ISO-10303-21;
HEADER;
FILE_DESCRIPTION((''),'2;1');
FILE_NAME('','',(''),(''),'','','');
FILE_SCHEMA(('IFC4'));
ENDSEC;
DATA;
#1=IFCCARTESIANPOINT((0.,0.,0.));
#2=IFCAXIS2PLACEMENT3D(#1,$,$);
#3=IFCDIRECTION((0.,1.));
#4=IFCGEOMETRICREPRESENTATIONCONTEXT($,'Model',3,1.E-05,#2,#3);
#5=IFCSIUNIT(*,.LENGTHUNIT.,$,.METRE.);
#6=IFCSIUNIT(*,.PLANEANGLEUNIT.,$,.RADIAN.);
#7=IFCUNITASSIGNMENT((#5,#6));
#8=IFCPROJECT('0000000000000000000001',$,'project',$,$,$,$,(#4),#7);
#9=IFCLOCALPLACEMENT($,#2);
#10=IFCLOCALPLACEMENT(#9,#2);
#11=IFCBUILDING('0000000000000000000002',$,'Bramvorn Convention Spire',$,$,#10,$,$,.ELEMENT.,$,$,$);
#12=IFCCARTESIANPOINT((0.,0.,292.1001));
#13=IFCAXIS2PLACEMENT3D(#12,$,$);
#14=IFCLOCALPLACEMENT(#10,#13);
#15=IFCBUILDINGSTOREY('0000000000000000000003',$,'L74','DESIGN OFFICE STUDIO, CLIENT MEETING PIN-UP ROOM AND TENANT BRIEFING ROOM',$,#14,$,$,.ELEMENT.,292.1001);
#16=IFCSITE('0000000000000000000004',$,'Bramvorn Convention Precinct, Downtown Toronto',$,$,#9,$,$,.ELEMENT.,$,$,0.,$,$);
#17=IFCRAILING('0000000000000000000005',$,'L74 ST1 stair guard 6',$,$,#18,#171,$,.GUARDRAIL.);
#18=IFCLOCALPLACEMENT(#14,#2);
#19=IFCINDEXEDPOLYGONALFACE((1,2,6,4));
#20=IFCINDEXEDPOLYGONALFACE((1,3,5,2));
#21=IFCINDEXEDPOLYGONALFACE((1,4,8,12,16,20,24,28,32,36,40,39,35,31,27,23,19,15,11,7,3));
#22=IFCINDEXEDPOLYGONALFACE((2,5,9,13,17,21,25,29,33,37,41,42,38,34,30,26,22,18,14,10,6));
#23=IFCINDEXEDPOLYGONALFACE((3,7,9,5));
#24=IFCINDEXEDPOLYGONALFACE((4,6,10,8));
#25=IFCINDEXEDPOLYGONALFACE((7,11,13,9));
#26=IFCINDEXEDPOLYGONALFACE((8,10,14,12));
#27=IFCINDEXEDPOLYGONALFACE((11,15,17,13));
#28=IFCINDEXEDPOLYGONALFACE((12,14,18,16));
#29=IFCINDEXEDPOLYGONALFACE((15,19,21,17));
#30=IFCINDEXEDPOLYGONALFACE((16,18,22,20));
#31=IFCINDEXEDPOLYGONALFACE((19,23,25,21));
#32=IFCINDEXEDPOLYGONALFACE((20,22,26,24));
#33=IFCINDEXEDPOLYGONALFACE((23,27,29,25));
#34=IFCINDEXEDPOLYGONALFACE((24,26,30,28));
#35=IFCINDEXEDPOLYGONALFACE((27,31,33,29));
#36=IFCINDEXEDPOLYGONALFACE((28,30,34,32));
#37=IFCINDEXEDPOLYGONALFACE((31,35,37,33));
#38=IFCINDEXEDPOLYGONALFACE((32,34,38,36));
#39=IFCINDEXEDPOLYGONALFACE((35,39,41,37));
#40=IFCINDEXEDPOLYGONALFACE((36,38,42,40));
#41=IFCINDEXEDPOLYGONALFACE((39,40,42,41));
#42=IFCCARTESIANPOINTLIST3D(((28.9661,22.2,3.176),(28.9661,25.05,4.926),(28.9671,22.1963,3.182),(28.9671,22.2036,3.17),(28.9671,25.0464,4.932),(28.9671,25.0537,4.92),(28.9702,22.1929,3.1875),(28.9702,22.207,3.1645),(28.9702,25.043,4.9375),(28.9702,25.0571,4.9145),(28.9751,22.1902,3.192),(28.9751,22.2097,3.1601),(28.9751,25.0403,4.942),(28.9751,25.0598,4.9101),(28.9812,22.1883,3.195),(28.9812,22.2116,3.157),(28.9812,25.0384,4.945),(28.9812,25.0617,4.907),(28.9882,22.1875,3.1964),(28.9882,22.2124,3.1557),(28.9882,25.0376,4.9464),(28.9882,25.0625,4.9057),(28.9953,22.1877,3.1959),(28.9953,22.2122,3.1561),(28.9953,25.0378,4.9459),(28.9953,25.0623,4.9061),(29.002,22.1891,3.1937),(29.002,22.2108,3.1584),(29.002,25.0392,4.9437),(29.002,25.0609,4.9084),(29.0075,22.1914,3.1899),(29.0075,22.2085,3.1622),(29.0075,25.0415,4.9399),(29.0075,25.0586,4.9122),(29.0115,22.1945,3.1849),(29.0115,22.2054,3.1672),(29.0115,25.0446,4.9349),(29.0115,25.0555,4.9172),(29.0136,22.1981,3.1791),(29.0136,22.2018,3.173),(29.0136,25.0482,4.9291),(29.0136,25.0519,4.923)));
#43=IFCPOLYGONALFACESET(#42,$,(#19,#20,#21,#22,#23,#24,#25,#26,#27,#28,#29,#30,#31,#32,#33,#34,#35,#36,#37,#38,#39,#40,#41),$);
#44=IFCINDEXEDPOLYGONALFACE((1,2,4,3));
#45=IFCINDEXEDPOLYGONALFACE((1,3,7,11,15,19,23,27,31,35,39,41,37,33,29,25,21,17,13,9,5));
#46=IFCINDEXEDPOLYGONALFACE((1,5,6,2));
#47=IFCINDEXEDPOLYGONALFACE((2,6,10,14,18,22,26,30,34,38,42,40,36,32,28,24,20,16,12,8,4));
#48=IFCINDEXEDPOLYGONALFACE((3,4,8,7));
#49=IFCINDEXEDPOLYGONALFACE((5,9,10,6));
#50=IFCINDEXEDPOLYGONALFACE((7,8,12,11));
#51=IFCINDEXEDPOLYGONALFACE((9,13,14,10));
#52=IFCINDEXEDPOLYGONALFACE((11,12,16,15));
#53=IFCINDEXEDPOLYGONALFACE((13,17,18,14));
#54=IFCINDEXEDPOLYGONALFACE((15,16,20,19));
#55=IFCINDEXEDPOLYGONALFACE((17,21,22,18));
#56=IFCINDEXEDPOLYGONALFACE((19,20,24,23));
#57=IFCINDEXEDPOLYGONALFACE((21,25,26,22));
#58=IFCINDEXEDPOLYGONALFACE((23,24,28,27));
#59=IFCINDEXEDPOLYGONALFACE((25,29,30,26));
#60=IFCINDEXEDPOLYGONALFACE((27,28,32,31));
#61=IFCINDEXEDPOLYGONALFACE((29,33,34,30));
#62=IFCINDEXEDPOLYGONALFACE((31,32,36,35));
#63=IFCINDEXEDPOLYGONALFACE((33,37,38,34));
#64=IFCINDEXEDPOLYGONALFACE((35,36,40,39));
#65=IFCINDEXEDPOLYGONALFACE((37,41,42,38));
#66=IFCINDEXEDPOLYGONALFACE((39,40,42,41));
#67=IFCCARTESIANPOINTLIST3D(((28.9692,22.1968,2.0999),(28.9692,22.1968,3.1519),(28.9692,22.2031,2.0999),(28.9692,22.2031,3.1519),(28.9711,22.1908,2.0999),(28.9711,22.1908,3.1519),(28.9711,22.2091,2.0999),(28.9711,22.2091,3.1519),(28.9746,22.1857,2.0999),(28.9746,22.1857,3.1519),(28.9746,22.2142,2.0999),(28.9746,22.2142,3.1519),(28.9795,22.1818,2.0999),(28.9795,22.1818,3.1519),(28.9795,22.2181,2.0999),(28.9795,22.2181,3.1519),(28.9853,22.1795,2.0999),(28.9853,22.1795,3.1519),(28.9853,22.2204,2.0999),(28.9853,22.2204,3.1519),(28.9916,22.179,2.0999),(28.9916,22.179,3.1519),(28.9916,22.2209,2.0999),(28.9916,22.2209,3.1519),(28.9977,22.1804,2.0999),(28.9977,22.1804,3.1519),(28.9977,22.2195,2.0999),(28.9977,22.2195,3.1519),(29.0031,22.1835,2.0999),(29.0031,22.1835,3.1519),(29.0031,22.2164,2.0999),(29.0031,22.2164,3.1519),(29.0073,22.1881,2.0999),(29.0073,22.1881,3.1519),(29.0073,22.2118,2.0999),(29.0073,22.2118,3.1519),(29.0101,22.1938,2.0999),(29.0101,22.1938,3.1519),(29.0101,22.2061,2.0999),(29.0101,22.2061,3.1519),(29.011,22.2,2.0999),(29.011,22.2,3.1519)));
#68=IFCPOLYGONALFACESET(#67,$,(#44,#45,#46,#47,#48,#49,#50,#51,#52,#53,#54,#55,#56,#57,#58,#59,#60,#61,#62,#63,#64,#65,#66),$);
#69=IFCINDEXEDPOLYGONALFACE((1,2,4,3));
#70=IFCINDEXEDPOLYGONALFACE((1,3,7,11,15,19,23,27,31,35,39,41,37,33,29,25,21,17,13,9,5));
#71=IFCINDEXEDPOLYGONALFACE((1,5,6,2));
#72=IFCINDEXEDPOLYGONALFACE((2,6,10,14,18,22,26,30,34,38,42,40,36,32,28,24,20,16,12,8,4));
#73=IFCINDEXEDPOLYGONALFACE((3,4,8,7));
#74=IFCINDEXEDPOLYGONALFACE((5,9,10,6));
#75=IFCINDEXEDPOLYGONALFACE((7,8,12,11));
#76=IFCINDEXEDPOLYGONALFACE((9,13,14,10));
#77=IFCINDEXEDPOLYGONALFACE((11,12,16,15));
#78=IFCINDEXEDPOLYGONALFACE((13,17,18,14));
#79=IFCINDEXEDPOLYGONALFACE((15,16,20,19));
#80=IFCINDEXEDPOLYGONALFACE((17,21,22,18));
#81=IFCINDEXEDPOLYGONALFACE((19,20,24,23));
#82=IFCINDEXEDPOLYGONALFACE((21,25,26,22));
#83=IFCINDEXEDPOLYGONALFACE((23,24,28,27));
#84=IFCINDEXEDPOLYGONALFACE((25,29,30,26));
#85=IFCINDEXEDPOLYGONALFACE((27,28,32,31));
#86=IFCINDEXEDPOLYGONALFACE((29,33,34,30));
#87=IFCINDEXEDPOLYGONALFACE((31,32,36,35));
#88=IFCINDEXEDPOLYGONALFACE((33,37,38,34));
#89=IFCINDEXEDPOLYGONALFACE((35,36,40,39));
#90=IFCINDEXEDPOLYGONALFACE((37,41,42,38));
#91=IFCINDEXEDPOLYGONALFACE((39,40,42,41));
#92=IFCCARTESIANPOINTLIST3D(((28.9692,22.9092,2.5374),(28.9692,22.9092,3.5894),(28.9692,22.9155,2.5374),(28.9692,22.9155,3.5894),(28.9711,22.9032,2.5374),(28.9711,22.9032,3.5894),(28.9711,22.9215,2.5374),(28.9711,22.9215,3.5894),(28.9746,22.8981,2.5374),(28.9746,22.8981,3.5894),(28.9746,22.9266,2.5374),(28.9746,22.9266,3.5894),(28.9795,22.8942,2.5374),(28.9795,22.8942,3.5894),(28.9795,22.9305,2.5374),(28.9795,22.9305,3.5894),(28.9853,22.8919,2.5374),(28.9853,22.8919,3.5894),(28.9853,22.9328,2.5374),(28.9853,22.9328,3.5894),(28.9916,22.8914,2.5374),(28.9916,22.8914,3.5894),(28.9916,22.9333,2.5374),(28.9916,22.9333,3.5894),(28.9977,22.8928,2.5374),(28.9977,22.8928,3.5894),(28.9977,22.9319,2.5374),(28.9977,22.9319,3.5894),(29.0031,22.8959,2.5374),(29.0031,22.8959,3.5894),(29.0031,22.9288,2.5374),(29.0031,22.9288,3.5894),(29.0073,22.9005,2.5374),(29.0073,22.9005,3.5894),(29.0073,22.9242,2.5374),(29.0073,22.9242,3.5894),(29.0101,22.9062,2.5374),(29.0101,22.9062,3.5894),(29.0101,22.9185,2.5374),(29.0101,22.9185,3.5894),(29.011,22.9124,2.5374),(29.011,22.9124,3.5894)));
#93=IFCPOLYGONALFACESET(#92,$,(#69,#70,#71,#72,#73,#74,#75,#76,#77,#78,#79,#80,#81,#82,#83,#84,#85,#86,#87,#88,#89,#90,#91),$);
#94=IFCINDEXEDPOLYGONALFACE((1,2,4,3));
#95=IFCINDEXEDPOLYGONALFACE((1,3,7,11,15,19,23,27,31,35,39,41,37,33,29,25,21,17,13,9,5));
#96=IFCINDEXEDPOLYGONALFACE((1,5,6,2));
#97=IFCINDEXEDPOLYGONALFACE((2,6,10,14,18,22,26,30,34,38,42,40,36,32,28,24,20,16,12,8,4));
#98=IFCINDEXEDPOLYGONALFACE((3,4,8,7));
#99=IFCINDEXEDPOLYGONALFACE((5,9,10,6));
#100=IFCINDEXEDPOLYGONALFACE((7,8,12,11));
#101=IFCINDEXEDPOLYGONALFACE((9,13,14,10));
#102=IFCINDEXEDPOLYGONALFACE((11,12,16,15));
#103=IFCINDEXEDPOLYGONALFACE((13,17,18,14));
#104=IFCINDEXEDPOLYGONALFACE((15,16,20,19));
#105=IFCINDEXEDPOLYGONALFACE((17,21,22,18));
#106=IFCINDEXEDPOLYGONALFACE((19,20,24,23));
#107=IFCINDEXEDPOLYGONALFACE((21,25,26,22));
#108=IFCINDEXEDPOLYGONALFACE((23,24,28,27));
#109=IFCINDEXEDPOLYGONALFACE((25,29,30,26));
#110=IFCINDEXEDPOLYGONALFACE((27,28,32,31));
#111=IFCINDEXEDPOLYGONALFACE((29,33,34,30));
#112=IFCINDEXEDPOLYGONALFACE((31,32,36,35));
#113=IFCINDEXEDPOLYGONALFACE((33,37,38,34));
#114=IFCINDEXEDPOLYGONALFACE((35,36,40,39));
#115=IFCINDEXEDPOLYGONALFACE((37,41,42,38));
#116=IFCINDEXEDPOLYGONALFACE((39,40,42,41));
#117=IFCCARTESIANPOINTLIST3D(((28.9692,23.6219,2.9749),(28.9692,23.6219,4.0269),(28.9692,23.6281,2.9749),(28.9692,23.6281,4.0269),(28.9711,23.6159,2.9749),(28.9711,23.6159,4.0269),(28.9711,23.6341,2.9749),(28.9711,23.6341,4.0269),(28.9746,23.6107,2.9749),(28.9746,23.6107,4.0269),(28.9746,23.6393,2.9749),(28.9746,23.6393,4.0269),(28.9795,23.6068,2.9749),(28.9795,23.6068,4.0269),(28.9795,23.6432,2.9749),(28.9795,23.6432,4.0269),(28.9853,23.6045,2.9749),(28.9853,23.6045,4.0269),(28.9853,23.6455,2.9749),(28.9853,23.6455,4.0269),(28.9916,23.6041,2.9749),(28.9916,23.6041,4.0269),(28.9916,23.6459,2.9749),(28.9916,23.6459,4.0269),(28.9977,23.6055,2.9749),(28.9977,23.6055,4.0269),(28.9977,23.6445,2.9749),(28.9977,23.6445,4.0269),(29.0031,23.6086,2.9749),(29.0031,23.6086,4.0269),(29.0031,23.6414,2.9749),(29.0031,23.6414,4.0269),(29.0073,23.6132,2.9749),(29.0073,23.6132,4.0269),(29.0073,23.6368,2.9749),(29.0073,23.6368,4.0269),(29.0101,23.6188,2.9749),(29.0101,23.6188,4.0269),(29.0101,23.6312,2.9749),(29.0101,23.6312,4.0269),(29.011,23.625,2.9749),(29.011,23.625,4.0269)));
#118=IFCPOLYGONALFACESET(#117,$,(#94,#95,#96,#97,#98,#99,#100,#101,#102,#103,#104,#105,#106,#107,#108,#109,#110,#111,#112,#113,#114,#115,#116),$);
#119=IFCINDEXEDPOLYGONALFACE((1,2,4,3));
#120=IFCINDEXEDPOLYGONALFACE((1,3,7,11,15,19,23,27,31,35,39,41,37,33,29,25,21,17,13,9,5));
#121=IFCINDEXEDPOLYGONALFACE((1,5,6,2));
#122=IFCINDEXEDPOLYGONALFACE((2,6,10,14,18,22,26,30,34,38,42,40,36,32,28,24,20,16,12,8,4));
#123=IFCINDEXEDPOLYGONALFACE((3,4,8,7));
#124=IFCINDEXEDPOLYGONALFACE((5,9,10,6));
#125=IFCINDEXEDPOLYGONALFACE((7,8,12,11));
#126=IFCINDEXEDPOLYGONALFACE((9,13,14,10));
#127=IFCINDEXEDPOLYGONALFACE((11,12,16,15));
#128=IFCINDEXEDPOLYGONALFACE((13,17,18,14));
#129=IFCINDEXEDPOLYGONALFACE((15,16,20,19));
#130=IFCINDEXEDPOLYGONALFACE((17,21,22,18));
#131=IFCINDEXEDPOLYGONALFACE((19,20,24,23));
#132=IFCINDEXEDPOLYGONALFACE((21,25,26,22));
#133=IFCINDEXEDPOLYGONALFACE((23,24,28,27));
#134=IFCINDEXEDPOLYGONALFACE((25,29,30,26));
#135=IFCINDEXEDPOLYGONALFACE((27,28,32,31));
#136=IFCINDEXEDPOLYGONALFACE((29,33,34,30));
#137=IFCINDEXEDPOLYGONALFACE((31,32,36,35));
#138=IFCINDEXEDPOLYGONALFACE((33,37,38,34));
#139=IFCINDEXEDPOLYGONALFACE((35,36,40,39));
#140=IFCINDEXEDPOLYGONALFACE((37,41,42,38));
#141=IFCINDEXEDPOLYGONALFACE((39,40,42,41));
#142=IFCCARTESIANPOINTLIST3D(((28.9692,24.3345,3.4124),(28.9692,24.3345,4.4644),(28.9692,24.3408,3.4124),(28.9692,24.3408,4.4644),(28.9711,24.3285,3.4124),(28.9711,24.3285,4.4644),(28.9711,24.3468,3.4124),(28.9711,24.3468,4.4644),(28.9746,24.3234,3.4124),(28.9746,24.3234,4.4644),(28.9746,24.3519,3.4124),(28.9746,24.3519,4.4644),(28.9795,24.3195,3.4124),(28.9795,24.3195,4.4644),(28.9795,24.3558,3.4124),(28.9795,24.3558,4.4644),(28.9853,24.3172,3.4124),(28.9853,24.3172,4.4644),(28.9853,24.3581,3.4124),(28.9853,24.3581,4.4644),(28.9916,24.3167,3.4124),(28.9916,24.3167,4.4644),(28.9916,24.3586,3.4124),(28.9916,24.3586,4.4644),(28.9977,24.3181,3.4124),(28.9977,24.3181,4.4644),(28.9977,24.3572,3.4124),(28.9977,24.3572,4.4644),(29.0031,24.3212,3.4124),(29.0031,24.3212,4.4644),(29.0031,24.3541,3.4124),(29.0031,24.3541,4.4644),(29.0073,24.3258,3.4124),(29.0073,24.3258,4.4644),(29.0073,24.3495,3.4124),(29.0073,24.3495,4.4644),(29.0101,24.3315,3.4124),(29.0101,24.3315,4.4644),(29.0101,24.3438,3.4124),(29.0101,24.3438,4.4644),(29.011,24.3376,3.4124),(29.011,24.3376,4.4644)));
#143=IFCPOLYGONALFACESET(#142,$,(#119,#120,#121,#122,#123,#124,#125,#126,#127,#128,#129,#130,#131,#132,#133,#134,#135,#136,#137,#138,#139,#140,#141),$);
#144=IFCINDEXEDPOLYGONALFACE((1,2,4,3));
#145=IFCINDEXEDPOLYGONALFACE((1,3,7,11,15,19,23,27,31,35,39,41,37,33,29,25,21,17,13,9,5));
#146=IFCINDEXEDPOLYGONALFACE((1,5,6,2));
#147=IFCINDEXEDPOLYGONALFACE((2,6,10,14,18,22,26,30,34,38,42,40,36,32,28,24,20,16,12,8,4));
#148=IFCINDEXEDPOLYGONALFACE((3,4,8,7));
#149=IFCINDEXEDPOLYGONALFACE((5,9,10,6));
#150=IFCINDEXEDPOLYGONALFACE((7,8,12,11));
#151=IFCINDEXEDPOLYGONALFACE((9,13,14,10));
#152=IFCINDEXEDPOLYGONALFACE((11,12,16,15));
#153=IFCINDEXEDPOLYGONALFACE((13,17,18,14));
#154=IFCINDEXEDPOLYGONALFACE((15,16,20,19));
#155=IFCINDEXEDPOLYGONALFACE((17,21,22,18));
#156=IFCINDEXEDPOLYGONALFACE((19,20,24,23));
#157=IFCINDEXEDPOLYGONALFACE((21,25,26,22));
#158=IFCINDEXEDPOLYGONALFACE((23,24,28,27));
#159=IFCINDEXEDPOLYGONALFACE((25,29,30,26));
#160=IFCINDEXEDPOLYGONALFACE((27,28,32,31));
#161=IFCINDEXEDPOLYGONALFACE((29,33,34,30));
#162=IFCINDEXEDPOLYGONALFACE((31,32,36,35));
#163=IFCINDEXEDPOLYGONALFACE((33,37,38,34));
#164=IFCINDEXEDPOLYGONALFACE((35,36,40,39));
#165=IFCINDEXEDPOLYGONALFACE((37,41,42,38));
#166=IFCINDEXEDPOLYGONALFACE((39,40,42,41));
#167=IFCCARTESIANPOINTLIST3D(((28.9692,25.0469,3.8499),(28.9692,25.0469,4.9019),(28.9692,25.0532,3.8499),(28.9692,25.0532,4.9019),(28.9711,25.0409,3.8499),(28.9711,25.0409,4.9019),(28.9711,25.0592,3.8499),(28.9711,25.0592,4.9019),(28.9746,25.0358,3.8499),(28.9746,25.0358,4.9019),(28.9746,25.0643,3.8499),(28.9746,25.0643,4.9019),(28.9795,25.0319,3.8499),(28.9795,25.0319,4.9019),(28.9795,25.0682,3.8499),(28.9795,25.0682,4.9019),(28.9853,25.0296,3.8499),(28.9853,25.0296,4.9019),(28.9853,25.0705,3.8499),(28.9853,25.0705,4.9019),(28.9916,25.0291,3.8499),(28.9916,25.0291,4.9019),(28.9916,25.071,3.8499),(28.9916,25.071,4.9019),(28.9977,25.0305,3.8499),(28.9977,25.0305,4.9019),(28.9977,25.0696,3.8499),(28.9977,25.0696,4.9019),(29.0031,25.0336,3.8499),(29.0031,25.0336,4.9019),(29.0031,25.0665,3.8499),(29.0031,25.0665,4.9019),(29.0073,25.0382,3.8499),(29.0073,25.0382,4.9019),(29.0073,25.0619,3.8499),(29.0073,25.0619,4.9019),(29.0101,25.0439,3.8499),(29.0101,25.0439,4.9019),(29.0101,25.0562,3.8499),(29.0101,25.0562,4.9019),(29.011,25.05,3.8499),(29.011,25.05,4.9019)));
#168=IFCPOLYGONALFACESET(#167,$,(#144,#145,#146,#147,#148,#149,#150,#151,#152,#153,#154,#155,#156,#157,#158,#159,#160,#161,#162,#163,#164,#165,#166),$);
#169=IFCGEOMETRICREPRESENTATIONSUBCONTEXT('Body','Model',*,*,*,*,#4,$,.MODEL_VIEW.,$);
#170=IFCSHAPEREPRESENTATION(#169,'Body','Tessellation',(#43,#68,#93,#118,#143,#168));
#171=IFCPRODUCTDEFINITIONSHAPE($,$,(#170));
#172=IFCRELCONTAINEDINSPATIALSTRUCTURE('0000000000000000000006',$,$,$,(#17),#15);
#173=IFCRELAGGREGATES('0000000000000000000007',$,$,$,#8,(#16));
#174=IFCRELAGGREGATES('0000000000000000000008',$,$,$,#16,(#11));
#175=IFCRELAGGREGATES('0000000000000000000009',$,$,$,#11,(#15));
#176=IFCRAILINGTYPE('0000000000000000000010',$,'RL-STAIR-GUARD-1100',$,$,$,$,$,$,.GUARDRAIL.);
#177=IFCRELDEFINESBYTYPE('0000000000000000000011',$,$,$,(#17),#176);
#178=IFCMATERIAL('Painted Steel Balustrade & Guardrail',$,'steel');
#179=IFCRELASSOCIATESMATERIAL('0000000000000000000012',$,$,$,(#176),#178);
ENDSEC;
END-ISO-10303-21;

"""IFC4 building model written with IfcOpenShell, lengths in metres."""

from ifc_helpers import new_model, si_unit, direction, frame, origin, origin_2d, place, context, subcontext, project, spatial, circle, extrude, material, type_object, element, save


model = new_model("IFC4")

# Units and contexts
model_context = context("Model", 3, precision=1e-05, world=origin(), true_north=direction((0.0, 1.0)))
body_context = subcontext(model_context, "Body", "Model", "MODEL_VIEW")
ifc_project = project(units=[si_unit("LENGTHUNIT", "METRE"), si_unit("PLANEANGLEUNIT", "RADIAN")], contexts=[model_context])

# Site, building, storey
site_placement = place(None, origin())
site = spatial("IfcSite", under=ifc_project, at=site_placement, Name="Bramvorn Convention Precinct, Downtown Toronto", CompositionType="ELEMENT", RefElevation=0.0)
building_placement = place(site_placement, origin())
building = spatial("IfcBuilding", under=site, at=building_placement, Name="Bramvorn Convention Spire", CompositionType="ELEMENT")
storey_placement = place(building_placement, frame((0.0, 0.0, 292.1001)))
storey = spatial("IfcBuildingStorey", under=building, at=storey_placement, Name="L74", Description="DESIGN OFFICE STUDIO, CLIENT MEETING PIN-UP ROOM AND TENANT BRIEFING ROOM", CompositionType="ELEMENT", Elevation=292.1001)

# Railing
ifc_material_1 = material(Name="Painted Steel Balustrade & Guardrail", Category="steel")
railing_type_1 = type_object("IfcRailingType", Name="RL-STAIR-GUARD-1100", PredefinedType="GUARDRAIL", material=ifc_material_1)
railing_1_placement = place(storey_placement, frame((28.99, 22.2, 2.0999)))
element("IfcRailing", 1, at=railing_1_placement, inside=storey, type_object=railing_type_1, Name="L74 ST1 stair guard 6", PredefinedType="GUARDRAIL", context=body_context, shape_type="SweptSolid", body=[
    extrude(circle(Radius=0.0239, at=origin_2d()), frame((0.0, 0.0, 1.0762), z_axis=(0.0, 0.852179, 0.52325), x_axis=(-1.0, 0.0, 0.0)), (0.0, 0.0, 1.0), 3.3445),
    extrude(circle(Radius=0.021, at=origin_2d()), origin(), (0.0, 0.0, 1.0), 1.052),
    extrude(circle(Radius=0.021, at=origin_2d()), frame((0.0, 0.7124, 0.4375)), (0.0, 0.0, 1.0), 1.052),
    extrude(circle(Radius=0.021, at=origin_2d()), frame((0.0, 1.425, 0.875)), (0.0, 0.0, 1.0), 1.052),
    extrude(circle(Radius=0.021, at=origin_2d()), frame((0.0, 2.1377, 1.3125)), (0.0, 0.0, 1.0), 1.052),
    extrude(circle(Radius=0.021, at=origin_2d()), frame((0.0, 2.8501, 1.75)), (0.0, 0.0, 1.0), 1.052),
])

save(model, "model.ifc")
